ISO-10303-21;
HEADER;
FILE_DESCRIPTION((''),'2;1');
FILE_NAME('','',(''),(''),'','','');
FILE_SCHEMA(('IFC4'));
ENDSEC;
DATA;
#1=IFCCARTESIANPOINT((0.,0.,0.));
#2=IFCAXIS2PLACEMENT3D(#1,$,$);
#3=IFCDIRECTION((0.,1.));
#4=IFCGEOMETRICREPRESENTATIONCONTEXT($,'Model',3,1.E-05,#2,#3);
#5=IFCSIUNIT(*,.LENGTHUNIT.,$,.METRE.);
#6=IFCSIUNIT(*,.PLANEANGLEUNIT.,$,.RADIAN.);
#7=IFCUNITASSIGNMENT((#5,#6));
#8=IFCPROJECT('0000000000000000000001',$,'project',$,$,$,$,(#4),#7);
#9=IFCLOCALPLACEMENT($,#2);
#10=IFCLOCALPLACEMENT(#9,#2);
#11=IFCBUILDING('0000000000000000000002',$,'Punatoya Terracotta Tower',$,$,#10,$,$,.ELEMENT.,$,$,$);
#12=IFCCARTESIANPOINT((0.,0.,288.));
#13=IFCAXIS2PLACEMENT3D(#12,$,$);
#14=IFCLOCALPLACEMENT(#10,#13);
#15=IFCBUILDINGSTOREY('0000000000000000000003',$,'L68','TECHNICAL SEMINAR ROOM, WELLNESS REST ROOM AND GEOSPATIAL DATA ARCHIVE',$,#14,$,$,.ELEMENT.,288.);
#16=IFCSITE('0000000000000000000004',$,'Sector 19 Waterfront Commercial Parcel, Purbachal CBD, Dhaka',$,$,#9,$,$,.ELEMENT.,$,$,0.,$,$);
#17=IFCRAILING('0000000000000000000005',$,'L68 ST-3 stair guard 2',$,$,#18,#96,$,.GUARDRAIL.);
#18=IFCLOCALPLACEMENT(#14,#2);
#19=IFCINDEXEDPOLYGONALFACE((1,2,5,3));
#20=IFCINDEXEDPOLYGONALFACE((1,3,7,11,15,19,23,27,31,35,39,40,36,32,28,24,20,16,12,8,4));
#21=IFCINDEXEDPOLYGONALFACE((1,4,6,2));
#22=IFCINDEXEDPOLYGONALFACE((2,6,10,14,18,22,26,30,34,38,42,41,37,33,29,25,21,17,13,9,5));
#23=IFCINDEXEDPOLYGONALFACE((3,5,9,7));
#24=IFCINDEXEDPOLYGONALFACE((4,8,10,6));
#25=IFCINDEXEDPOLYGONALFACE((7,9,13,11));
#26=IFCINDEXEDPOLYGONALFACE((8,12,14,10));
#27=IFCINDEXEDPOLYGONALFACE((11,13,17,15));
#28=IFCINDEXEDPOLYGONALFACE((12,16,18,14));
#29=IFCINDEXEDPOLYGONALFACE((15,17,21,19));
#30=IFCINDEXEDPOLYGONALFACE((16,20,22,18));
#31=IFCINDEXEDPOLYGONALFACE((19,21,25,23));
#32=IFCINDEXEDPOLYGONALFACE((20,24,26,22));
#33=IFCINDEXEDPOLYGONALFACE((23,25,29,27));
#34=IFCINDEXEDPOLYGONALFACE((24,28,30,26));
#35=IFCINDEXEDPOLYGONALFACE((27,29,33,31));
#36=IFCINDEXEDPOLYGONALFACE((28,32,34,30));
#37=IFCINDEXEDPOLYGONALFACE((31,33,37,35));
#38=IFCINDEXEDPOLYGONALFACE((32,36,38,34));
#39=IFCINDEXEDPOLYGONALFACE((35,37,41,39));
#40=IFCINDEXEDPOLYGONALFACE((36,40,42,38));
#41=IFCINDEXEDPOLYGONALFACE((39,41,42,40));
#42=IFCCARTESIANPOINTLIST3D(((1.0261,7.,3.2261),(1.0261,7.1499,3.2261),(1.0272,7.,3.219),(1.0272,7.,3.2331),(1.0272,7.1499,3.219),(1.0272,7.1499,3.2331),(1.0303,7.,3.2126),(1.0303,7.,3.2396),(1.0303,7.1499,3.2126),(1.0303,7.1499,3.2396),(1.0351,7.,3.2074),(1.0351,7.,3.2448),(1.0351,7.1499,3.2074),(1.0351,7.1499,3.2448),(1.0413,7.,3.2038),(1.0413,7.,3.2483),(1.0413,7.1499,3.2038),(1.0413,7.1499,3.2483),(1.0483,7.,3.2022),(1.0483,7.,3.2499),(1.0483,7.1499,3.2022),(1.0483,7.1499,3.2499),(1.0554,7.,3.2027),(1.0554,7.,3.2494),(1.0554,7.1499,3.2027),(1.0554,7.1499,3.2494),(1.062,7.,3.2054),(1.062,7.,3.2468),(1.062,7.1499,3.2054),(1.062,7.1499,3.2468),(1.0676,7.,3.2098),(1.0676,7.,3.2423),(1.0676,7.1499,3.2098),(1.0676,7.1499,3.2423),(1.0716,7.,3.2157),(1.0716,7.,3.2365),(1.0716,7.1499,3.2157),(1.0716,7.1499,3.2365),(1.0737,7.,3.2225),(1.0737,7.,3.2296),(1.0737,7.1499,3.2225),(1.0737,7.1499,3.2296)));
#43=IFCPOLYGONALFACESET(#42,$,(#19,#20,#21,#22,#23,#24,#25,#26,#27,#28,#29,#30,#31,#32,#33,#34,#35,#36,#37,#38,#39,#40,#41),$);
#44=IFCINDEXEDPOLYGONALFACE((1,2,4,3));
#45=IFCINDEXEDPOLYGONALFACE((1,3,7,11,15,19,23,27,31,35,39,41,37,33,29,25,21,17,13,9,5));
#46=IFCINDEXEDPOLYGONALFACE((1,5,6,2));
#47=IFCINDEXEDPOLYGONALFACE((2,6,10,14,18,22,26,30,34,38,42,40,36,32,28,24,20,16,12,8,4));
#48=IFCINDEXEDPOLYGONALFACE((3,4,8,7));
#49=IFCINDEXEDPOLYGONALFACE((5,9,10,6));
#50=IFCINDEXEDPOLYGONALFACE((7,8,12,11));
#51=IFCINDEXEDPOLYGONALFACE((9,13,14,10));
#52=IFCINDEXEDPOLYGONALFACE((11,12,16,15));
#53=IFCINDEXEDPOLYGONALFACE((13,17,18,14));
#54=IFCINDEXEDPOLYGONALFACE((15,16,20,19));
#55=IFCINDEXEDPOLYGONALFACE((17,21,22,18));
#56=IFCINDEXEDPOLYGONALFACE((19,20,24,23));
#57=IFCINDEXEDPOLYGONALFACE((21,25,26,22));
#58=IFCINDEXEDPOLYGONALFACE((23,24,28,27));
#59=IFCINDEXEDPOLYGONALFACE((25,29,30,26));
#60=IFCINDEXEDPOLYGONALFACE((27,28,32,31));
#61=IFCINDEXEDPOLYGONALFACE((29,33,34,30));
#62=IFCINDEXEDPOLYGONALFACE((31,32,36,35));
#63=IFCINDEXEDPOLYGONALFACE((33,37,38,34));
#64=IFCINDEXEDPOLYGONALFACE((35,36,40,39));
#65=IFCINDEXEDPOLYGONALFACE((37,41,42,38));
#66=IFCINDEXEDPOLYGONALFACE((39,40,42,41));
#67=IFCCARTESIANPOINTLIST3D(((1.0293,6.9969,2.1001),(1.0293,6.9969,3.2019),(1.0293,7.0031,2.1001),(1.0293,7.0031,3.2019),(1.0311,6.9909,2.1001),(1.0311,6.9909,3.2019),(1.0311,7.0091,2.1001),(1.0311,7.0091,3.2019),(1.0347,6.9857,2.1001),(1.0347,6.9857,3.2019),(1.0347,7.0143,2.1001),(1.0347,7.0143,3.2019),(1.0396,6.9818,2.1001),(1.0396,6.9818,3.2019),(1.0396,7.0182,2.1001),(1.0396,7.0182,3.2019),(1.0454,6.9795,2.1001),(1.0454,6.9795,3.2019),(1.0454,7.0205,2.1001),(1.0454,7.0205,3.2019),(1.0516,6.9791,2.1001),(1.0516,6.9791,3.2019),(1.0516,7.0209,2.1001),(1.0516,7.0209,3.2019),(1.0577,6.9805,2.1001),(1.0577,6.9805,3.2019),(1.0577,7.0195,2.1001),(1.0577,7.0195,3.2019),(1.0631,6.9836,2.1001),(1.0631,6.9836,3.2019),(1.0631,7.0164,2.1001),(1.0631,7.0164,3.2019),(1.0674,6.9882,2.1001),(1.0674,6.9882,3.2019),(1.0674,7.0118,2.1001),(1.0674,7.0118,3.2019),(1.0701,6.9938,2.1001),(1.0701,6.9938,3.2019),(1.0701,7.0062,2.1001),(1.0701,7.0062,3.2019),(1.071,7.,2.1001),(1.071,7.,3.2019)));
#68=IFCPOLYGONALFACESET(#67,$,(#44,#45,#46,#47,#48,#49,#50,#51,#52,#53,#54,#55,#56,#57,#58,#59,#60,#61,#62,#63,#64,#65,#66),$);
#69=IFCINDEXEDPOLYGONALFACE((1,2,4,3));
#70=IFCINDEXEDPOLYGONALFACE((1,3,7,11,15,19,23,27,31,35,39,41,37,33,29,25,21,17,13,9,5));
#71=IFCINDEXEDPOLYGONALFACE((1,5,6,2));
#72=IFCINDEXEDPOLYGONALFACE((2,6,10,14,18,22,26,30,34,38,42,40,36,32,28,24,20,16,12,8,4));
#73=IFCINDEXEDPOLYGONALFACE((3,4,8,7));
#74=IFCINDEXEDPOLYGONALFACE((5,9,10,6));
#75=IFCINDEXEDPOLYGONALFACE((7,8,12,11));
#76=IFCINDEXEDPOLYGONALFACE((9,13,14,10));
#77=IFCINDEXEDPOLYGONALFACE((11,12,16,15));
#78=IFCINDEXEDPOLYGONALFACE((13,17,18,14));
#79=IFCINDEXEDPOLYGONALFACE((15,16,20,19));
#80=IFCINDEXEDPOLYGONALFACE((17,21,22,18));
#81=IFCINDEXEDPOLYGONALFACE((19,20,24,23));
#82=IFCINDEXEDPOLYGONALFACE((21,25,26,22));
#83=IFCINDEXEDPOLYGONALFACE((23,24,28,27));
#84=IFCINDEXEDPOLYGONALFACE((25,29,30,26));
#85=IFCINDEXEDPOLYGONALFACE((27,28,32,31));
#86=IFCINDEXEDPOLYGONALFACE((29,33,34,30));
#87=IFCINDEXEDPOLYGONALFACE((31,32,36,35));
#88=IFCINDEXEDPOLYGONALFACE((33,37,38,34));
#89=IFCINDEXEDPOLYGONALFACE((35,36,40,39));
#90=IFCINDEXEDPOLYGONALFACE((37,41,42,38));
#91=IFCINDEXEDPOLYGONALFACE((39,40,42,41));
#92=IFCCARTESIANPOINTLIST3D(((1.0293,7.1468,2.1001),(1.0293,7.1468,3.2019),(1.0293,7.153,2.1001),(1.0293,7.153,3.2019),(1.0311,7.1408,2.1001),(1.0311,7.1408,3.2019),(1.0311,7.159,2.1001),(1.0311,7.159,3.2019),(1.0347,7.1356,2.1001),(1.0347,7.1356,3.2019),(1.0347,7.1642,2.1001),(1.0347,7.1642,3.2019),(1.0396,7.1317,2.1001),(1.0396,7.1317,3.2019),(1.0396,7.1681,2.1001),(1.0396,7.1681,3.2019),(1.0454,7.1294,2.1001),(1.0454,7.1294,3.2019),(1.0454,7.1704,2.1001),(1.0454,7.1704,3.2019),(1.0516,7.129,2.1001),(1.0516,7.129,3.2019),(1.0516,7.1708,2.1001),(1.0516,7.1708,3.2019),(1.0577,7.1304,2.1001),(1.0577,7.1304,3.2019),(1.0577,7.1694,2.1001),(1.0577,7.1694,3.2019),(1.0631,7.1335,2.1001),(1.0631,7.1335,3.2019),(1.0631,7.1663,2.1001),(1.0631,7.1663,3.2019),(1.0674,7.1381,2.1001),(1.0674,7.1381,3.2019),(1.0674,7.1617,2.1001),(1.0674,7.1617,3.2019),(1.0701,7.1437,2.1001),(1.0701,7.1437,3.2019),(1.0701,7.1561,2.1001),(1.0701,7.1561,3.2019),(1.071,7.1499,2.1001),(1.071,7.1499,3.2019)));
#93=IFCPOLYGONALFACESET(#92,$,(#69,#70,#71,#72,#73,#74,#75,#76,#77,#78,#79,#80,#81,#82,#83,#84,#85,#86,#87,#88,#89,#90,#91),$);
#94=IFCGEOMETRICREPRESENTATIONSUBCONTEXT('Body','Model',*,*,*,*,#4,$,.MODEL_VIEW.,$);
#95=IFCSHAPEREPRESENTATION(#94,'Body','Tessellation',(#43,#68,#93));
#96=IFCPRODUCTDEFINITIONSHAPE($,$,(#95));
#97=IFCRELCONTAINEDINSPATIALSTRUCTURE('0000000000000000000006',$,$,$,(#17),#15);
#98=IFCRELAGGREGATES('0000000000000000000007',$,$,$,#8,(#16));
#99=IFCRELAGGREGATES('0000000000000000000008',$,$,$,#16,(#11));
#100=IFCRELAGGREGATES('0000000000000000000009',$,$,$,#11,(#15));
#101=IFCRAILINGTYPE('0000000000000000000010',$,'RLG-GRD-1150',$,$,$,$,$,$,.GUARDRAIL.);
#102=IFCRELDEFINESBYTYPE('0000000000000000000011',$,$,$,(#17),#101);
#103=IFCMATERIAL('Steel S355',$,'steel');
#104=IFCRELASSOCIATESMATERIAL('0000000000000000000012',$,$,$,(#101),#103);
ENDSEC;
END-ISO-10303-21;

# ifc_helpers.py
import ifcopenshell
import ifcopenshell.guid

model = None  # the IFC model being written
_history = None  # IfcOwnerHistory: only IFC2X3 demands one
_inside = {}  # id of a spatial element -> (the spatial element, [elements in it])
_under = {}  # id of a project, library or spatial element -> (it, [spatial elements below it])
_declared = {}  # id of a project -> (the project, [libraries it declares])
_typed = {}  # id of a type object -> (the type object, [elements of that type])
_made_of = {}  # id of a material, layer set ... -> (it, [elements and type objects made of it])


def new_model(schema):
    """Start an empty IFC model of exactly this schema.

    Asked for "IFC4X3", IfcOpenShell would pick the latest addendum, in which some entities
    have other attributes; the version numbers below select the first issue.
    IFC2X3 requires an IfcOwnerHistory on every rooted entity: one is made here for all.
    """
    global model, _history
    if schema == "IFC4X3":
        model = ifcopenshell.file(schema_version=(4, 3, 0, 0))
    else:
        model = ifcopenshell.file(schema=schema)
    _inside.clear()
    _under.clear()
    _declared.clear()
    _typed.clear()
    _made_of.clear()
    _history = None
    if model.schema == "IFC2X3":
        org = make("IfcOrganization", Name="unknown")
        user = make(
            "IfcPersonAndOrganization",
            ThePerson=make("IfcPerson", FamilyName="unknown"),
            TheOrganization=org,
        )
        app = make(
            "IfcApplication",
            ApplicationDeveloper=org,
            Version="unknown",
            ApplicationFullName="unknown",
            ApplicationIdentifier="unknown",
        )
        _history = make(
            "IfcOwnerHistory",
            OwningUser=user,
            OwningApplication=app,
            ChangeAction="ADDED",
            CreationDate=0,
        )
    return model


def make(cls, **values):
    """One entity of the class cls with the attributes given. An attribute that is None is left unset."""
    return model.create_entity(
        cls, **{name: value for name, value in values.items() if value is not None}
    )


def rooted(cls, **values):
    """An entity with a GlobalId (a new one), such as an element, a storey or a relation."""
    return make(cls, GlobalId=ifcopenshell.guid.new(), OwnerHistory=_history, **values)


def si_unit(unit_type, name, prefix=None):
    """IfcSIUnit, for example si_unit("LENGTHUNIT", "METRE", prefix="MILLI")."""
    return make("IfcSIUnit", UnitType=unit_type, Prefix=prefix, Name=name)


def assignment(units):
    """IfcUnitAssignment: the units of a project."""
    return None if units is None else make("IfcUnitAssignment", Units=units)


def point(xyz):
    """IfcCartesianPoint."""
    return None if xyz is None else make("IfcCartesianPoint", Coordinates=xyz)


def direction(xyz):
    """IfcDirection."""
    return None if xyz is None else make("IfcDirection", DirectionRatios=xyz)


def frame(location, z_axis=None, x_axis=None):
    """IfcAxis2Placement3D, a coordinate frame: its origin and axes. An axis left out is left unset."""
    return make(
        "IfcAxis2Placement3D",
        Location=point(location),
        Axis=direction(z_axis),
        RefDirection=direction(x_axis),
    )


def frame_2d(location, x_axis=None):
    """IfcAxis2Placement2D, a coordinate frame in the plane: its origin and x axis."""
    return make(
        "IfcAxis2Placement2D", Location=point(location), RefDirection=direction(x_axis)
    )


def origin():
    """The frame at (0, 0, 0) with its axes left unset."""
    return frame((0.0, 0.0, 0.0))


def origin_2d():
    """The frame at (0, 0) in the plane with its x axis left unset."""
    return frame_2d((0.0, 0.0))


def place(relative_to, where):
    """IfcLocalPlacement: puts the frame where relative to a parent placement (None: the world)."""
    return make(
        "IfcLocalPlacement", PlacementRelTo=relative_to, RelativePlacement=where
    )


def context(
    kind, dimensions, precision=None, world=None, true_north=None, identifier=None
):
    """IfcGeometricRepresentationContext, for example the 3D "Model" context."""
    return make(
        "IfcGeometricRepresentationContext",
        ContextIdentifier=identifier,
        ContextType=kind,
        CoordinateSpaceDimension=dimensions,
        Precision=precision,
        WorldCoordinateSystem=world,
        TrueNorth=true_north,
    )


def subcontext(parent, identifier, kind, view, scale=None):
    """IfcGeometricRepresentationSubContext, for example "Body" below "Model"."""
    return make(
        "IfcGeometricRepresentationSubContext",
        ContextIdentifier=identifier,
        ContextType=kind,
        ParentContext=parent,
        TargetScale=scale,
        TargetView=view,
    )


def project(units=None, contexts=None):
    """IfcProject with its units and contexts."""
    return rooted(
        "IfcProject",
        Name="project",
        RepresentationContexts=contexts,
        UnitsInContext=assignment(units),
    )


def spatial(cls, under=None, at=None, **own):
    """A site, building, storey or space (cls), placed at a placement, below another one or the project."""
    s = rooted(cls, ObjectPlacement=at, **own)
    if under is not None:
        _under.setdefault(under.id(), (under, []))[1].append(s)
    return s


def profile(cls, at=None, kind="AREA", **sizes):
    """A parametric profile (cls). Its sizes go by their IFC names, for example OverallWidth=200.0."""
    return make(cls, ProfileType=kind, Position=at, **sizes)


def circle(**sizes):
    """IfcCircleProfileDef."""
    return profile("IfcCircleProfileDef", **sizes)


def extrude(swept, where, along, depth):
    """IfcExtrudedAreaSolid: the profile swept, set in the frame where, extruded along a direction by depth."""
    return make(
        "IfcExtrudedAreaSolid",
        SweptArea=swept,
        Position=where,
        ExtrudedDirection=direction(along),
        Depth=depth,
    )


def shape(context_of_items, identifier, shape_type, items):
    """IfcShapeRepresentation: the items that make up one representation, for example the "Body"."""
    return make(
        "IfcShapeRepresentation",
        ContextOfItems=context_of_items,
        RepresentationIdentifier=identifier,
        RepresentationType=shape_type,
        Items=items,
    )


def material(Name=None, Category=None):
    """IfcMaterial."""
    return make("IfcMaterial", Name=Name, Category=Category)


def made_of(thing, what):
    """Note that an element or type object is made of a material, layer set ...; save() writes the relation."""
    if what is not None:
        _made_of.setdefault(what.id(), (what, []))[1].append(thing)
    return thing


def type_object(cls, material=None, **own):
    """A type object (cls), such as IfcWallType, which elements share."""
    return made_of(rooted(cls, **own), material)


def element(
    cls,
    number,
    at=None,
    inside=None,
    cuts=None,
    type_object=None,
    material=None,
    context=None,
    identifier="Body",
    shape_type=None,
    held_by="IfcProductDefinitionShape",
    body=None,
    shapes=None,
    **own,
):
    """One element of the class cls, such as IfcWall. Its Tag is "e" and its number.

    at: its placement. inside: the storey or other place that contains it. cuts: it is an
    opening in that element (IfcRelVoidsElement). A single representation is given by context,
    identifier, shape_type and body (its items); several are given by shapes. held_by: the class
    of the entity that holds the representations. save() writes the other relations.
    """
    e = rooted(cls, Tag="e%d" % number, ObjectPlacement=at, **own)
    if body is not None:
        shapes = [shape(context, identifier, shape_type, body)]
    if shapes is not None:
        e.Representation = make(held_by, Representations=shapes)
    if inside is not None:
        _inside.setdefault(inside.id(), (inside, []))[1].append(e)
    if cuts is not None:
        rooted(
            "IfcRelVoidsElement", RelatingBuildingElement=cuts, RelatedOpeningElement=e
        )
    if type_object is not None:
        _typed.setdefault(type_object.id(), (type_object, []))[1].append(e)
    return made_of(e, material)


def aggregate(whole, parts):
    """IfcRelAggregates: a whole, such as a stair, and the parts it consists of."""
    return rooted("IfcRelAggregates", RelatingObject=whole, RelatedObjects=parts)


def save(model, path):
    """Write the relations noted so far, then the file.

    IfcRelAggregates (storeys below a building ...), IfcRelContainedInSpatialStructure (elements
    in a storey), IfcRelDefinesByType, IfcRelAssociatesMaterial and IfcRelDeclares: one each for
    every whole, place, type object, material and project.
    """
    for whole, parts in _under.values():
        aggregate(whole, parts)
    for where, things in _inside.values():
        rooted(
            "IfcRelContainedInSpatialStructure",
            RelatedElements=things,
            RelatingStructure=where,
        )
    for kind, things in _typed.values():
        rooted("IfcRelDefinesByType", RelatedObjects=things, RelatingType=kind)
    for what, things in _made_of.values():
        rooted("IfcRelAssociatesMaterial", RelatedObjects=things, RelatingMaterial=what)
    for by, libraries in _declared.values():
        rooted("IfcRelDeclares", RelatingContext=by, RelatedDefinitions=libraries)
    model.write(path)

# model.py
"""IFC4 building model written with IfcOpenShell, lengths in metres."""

from ifc_helpers import new_model, si_unit, direction, frame, origin, origin_2d, place, context, subcontext, project, spatial, circle, extrude, material, type_object, element, save


model = new_model("IFC4")

# Units and contexts
model_context = context("Model", 3, precision=1e-05, world=origin(), true_north=direction((0.0, 1.0)))
body_context = subcontext(model_context, "Body", "Model", "MODEL_VIEW")
ifc_project = project(units=[si_unit("LENGTHUNIT", "METRE"), si_unit("PLANEANGLEUNIT", "RADIAN")], contexts=[model_context])

# Site, building, storey
site_placement = place(None, origin())
site = spatial("IfcSite", under=ifc_project, at=site_placement, Name="Sector 19 Waterfront Commercial Parcel, Purbachal CBD, Dhaka", CompositionType="ELEMENT", RefElevation=0.0)
building_placement = place(site_placement, origin())
building = spatial("IfcBuilding", under=site, at=building_placement, Name="Punatoya Terracotta Tower", CompositionType="ELEMENT")
storey_placement = place(building_placement, frame((0.0, 0.0, 288.0)))
storey = spatial("IfcBuildingStorey", under=building, at=storey_placement, Name="L68", Description="TECHNICAL SEMINAR ROOM, WELLNESS REST ROOM AND GEOSPATIAL DATA ARCHIVE", CompositionType="ELEMENT", Elevation=288.0)

# Shared definitions
ifc_material_1 = material(Name="Steel S355", Category="steel")

# Railing
railing_type_1 = type_object("IfcRailingType", Name="RLG-GRD-1150", PredefinedType="GUARDRAIL", material=ifc_material_1)
railing_1_placement = place(storey_placement, frame((1.05, 7.0, 2.1001)))
element("IfcRailing", 1, at=railing_1_placement, inside=storey, type_object=railing_type_1, Name="L68 ST-3 stair guard 2", PredefinedType="GUARDRAIL", context=body_context, shape_type="SweptSolid", body=[
    extrude(circle(Radius=0.0239, at=origin_2d()), frame((0.0, 0.0, 1.126), z_axis=(0.0, 1.0, 0.0), x_axis=(-1.0, 0.0, 0.0)), (0.0, 0.0, 1.0), 0.1499),
    extrude(circle(Radius=0.021, at=origin_2d()), origin(), (0.0, 0.0, 1.0), 1.1018),
    extrude(circle(Radius=0.021, at=origin_2d()), frame((0.0, 0.1499, 0.0)), (0.0, 0.0, 1.0), 1.1018),
])

save(model, "model.ifc")
